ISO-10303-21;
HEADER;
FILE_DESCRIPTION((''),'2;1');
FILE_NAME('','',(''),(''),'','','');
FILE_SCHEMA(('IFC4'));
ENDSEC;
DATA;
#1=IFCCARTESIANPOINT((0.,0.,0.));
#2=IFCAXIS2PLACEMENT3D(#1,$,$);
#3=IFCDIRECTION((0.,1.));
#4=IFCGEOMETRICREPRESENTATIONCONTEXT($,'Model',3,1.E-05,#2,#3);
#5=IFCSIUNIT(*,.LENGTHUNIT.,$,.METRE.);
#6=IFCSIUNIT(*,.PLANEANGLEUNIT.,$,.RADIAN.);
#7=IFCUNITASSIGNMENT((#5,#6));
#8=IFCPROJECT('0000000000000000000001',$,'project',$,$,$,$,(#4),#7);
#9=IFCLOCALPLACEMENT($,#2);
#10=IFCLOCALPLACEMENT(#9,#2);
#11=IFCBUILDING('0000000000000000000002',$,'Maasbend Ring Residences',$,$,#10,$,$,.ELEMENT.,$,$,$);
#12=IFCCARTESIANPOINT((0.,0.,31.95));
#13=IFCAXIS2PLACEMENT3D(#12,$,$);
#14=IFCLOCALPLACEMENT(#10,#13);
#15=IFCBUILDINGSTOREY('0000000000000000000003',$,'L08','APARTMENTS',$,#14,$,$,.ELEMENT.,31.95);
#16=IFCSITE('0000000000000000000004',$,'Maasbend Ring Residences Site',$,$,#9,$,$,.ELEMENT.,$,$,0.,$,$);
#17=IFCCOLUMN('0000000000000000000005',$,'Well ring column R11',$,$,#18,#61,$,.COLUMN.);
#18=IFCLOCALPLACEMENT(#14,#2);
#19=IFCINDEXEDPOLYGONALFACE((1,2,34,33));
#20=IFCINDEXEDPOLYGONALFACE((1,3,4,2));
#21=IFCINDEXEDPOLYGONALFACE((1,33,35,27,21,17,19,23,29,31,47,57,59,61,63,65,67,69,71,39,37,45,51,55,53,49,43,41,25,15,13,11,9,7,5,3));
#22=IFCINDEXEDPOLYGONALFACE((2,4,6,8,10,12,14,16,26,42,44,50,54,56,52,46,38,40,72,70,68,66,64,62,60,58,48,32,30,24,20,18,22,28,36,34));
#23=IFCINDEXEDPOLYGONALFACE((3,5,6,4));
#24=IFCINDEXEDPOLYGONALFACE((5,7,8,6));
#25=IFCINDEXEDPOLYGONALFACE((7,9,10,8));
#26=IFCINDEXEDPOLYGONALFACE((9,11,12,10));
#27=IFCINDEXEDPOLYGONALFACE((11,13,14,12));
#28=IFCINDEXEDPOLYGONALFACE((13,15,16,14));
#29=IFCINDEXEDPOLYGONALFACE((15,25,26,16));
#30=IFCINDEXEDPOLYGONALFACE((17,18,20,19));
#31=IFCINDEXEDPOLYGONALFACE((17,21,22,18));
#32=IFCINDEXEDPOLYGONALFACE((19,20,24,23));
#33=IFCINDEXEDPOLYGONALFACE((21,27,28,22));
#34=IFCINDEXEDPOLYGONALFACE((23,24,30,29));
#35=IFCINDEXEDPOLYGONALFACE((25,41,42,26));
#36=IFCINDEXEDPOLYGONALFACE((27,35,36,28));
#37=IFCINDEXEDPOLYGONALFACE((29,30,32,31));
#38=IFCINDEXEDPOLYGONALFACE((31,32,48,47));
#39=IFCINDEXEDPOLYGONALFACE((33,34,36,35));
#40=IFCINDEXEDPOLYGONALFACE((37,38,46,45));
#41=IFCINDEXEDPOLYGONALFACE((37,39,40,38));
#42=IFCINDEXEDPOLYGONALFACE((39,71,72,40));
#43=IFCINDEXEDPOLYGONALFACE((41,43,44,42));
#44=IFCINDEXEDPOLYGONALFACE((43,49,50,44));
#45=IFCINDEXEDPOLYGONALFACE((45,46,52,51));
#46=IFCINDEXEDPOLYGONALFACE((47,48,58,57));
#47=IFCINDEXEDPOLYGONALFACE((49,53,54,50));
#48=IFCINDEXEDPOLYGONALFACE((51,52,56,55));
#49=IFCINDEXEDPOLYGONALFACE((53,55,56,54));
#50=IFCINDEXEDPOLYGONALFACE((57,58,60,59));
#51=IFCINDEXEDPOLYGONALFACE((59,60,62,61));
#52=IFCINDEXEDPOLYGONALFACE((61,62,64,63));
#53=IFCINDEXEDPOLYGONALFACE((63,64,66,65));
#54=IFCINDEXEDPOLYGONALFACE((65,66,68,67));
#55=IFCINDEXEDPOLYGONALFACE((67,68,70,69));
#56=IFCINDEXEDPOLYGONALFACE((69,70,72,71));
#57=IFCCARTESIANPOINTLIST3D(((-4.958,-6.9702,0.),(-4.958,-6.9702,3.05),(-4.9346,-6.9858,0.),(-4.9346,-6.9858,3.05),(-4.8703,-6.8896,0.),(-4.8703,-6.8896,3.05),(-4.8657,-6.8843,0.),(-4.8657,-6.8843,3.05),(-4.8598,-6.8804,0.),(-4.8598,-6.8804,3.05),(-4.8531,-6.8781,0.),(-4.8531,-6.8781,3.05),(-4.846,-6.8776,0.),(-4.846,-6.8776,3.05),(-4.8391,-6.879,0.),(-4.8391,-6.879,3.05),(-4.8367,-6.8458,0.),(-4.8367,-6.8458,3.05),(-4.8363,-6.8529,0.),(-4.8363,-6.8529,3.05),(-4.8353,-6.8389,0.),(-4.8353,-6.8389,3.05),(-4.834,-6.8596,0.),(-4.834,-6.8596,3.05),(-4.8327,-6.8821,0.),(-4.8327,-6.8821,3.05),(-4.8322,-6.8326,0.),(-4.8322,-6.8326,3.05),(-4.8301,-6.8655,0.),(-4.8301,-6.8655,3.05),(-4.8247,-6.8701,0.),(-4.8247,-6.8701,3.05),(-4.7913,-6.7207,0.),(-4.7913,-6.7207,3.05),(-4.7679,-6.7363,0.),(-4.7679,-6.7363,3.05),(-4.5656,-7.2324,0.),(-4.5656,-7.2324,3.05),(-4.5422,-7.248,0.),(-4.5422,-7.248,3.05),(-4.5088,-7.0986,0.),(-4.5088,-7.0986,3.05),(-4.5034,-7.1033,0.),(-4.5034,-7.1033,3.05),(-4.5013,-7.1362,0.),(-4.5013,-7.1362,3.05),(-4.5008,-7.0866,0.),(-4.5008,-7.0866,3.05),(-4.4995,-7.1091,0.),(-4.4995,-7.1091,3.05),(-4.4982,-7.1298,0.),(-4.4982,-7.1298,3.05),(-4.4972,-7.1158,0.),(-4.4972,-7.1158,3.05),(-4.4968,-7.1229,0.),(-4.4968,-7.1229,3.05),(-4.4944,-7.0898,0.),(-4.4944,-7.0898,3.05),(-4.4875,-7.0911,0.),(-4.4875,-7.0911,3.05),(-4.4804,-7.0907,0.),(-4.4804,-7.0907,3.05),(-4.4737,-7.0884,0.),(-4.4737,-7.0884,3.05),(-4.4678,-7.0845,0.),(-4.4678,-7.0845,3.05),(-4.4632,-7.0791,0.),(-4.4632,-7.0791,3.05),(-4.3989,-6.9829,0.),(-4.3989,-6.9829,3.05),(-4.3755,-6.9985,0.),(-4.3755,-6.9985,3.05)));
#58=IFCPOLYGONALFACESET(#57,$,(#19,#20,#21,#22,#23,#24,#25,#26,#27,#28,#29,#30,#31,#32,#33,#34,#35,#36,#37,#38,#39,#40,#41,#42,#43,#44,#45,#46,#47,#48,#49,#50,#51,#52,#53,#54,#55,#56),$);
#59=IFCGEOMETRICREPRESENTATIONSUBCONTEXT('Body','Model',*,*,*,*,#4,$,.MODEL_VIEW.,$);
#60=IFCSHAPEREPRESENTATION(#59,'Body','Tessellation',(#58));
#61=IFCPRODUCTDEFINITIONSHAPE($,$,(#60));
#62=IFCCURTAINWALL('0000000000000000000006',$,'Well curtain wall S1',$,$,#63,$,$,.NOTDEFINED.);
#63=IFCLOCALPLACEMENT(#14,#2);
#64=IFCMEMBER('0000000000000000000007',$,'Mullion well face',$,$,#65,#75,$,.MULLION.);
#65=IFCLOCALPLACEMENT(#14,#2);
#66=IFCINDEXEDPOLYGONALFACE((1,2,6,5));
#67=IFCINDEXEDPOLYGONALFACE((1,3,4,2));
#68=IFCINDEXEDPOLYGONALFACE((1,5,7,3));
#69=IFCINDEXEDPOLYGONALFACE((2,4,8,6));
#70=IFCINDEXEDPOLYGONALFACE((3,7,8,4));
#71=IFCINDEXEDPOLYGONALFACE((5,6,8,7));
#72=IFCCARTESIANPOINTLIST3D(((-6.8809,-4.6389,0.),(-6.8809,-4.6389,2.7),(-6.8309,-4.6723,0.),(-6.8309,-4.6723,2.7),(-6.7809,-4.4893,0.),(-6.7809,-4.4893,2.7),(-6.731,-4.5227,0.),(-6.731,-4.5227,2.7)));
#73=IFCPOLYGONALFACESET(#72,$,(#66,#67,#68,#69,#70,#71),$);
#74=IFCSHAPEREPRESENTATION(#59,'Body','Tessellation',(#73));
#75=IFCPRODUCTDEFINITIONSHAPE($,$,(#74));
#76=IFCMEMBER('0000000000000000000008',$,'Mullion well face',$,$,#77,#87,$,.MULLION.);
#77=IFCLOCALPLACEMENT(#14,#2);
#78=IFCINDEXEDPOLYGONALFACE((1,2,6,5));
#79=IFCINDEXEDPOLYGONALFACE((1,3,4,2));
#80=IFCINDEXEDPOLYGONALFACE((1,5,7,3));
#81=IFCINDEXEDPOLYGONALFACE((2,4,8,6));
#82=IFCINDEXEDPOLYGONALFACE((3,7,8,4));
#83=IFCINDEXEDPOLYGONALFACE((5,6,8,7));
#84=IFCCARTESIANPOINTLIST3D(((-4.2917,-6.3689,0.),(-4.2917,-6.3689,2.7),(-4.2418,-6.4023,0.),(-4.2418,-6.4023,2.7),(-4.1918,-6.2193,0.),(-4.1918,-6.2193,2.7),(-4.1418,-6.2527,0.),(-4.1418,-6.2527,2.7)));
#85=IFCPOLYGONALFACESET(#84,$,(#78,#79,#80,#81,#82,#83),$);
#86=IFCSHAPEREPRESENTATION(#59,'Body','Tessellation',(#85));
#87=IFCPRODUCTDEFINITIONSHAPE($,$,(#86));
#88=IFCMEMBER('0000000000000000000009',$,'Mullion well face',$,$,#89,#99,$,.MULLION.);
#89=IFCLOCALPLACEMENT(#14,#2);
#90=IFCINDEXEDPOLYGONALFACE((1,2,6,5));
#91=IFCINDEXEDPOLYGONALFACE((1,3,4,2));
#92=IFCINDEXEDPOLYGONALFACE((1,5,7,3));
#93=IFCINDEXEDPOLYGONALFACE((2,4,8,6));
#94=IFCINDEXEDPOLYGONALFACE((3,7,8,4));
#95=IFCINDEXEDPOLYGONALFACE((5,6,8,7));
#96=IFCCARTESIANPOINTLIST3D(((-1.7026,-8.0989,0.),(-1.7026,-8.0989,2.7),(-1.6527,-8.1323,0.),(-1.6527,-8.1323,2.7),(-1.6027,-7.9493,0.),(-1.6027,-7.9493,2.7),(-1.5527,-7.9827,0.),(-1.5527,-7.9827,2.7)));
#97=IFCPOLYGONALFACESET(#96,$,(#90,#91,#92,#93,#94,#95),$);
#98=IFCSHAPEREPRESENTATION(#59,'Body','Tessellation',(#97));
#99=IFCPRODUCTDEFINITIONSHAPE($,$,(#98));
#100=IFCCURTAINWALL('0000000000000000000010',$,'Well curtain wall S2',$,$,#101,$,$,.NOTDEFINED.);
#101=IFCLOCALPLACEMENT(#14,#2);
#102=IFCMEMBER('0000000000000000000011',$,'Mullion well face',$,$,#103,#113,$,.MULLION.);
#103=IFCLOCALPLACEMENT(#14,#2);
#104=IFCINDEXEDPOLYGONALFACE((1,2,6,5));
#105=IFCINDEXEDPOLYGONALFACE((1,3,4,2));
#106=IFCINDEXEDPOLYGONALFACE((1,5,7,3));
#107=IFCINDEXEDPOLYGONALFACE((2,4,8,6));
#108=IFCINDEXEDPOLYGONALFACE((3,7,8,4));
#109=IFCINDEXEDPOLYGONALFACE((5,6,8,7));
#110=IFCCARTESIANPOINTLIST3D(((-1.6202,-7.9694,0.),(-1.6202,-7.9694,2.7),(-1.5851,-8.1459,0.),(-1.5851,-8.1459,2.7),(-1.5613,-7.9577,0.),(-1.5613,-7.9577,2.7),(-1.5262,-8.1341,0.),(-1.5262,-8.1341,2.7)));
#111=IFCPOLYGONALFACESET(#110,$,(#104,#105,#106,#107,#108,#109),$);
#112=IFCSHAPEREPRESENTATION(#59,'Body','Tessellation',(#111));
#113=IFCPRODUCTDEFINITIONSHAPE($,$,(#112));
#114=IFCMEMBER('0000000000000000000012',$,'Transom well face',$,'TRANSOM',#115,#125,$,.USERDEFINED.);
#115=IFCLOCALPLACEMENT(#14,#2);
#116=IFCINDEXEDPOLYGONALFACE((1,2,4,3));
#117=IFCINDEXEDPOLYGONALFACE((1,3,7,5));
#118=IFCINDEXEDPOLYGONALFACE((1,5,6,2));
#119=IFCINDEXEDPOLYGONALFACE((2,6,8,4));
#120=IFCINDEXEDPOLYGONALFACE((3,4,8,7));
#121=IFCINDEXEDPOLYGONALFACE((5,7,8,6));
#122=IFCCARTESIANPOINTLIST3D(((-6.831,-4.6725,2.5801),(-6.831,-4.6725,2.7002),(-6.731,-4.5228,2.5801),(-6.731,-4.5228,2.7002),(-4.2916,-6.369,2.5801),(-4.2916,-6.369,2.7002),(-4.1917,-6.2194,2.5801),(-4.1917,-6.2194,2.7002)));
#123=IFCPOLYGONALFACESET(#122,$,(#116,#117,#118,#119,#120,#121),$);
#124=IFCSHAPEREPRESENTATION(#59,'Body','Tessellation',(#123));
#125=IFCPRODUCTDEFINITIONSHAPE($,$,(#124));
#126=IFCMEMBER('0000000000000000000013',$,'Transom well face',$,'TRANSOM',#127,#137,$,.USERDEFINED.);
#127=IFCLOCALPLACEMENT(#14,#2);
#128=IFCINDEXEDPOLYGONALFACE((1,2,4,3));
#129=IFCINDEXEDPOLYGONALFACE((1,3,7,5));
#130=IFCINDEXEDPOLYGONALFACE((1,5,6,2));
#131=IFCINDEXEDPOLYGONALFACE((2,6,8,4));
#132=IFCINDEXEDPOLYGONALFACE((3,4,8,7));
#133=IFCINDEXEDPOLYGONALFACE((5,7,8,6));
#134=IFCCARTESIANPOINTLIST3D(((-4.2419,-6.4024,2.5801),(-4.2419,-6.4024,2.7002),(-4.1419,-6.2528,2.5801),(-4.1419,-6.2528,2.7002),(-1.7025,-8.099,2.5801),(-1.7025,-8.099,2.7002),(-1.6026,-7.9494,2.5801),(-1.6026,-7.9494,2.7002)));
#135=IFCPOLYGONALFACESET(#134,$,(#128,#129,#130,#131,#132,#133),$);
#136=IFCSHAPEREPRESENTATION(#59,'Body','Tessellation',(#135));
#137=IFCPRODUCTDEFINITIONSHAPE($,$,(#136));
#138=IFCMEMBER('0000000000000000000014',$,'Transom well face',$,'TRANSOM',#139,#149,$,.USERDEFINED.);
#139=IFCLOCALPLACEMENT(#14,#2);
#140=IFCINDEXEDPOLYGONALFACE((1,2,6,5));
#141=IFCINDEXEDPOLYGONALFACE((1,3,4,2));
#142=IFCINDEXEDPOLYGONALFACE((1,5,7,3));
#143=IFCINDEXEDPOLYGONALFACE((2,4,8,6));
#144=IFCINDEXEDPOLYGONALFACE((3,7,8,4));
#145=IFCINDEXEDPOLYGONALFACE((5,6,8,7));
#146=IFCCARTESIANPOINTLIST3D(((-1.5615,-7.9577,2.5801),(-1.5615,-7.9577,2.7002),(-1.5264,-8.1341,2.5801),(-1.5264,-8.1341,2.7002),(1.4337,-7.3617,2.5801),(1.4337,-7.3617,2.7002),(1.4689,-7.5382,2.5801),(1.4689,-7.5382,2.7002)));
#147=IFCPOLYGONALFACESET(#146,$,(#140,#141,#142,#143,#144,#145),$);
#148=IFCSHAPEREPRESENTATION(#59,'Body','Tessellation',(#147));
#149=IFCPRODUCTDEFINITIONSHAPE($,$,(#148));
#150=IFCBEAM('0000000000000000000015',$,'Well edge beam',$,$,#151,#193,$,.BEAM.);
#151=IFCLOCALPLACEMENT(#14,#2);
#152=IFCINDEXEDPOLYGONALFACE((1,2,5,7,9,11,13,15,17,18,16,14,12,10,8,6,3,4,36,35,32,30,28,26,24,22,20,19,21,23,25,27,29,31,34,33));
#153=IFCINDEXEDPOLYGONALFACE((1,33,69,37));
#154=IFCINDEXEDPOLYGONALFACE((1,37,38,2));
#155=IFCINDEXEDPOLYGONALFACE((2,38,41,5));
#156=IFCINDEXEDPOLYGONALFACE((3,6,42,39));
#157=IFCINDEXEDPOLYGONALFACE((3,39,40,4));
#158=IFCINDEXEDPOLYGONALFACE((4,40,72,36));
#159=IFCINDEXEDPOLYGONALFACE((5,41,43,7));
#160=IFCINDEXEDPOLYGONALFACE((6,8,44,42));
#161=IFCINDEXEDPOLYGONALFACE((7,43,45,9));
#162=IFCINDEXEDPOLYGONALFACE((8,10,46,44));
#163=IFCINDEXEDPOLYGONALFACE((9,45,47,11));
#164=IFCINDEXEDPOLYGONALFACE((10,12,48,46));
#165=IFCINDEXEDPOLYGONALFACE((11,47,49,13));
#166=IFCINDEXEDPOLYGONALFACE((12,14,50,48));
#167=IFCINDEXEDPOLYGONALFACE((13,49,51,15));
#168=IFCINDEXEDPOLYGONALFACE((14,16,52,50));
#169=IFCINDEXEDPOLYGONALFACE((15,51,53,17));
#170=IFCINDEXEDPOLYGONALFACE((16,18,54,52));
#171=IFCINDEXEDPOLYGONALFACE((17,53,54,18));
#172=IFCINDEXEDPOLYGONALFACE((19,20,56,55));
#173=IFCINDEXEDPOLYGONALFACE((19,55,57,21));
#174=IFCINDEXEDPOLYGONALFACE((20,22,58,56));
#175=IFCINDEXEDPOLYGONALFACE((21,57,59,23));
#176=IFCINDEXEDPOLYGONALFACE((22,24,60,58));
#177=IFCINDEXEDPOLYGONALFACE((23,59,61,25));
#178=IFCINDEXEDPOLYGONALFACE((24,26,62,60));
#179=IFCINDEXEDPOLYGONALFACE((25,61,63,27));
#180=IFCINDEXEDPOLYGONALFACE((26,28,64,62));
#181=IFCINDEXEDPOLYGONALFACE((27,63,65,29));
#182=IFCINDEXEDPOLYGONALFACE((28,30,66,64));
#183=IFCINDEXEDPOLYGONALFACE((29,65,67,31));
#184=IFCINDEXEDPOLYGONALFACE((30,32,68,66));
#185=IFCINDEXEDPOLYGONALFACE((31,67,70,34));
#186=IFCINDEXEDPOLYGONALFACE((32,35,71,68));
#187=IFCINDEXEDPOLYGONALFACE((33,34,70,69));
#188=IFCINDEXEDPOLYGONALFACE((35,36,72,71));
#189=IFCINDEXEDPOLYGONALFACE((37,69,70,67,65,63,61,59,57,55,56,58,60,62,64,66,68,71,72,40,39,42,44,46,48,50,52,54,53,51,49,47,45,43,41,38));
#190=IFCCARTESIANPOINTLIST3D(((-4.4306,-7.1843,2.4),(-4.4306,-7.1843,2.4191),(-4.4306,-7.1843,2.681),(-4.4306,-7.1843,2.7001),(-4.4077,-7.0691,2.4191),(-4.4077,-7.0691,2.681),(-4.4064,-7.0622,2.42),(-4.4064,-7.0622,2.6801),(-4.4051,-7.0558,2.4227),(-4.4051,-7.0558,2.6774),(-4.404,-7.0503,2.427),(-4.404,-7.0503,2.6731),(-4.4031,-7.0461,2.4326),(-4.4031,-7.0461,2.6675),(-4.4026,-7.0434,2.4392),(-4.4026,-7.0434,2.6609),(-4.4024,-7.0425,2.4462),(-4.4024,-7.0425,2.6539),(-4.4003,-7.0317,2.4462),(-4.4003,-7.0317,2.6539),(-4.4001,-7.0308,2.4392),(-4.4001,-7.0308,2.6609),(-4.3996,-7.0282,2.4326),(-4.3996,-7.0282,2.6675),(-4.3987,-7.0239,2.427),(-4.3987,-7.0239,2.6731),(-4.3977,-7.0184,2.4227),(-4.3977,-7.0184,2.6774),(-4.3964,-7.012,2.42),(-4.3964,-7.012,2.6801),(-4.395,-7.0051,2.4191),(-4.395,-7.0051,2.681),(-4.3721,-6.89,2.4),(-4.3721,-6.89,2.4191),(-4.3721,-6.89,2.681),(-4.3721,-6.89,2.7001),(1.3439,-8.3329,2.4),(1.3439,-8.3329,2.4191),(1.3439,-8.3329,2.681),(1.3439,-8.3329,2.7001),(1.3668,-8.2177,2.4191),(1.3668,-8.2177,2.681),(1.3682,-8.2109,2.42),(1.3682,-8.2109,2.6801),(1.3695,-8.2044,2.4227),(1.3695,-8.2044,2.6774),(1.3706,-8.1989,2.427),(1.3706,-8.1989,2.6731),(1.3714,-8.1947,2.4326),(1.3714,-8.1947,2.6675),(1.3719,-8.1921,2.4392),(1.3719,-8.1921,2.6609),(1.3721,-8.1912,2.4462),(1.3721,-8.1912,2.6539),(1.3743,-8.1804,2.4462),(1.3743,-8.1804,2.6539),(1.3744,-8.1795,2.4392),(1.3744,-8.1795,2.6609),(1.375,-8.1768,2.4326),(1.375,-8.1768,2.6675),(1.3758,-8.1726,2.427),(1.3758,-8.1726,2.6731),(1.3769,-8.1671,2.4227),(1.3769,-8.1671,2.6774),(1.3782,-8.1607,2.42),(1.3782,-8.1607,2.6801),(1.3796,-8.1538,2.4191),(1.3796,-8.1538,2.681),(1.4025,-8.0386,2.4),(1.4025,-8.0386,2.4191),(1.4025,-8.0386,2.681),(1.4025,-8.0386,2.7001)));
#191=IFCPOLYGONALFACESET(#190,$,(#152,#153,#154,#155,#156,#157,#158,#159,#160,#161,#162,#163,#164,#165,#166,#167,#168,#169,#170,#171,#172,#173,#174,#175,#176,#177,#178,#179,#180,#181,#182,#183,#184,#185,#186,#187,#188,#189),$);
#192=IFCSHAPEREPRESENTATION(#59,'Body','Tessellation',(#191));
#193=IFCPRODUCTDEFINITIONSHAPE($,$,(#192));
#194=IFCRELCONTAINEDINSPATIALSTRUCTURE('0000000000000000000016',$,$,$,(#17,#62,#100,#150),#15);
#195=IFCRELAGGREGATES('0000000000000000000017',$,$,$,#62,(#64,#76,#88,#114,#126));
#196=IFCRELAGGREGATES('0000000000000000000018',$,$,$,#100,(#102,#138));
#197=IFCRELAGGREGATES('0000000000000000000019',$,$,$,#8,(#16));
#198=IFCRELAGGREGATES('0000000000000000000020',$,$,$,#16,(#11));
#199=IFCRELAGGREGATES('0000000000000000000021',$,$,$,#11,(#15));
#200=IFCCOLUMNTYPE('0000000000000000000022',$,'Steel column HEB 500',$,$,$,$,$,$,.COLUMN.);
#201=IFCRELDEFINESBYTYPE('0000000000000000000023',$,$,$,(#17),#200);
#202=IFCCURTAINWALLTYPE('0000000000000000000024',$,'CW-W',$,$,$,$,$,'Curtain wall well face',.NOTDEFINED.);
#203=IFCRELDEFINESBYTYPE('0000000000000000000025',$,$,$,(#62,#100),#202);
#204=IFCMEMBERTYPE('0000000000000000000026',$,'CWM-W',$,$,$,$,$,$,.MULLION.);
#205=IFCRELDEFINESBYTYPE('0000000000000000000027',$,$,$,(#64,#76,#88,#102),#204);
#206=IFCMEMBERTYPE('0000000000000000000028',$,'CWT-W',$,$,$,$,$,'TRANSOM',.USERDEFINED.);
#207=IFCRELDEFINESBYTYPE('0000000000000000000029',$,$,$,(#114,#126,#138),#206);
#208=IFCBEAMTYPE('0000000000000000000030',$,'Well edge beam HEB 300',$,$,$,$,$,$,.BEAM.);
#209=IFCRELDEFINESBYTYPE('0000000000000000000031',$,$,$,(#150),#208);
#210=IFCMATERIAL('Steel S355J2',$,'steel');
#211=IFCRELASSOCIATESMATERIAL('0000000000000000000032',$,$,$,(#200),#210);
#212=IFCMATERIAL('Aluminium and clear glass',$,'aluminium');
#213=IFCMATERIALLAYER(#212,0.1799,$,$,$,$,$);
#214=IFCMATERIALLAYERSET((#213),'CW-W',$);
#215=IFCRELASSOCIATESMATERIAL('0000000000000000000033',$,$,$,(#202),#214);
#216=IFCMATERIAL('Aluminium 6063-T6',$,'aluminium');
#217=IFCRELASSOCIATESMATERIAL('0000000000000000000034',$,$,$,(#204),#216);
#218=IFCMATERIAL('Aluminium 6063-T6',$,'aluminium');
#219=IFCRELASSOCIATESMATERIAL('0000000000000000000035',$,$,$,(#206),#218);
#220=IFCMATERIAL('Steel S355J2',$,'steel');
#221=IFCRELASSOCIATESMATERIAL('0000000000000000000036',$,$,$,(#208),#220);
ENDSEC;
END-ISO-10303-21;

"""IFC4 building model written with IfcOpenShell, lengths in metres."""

from ifc_helpers import new_model, si_unit, direction, frame, origin, origin_2d, place, context, subcontext, project, spatial, rectangle, i_section, extrude, material, layer, layer_set, material_profile, profile_set, type_object, element, aggregate, save


model = new_model("IFC4")

# Units and contexts
model_context = context("Model", 3, precision=1e-05, world=origin(), true_north=direction((0.0, 1.0)))
body_context = subcontext(model_context, "Body", "Model", "MODEL_VIEW")
ifc_project = project(units=[si_unit("LENGTHUNIT", "METRE"), si_unit("PLANEANGLEUNIT", "RADIAN")], contexts=[model_context])

# Site, building, storey
site_placement = place(None, origin())
site = spatial("IfcSite", under=ifc_project, at=site_placement, Name="Maasbend Ring Residences Site", CompositionType="ELEMENT", RefElevation=0.0)
building_placement = place(site_placement, origin())
building = spatial("IfcBuilding", under=site, at=building_placement, Name="Maasbend Ring Residences", CompositionType="ELEMENT")
storey_placement = place(building_placement, frame((0.0, 0.0, 31.95)))
storey = spatial("IfcBuildingStorey", under=building, at=storey_placement, Name="L08", Description="APARTMENTS", CompositionType="ELEMENT", Elevation=31.95)

# Column
ifc_material_1 = material(Name="Steel S355J2", Category="steel")
ifc_material_profile_1 = material_profile(ifc_material_1, i_section(OverallWidth=0.3, OverallDepth=0.5, WebThickness=0.0144, FlangeThickness=0.0281, FilletRadius=0.0271, at=origin_2d()), Name="HEB 500")
ifc_profile_set_1 = profile_set([ifc_material_profile_1], Name="Steel S355J2")
column_type = type_object("IfcColumnType", Name="Steel column HEB 500", PredefinedType="COLUMN", material=ifc_profile_set_1)
column_placement = place(storey_placement, frame((-4.6667, -6.9844, 0.0), z_axis=(0.0, 0.0, 1.0), x_axis=(-0.55557, -0.83147, 0.0)))
element("IfcColumn", 1, at=column_placement, inside=storey, type_object=column_type, Name="Well ring column R11", PredefinedType="COLUMN", context=body_context, shape_type="SweptSolid", body=[
    extrude(i_section(OverallWidth=0.3, OverallDepth=0.5, WebThickness=0.0144, FlangeThickness=0.0281, FilletRadius=0.0271, at=origin_2d()), origin(), (0.0, 0.0, 1.0), 3.05),
])

# Curtain wall, members
ifc_material_2 = material(Name="Aluminium and clear glass", Category="aluminium")
ifc_layer_1 = layer(ifc_material_2, 0.1799)
ifc_layer_set_1 = layer_set([ifc_layer_1], Name="CW-W")
curtain_wall_type = type_object("IfcCurtainWallType", Name="CW-W", ElementType="Curtain wall well face", PredefinedType="NOTDEFINED", material=ifc_layer_set_1)
curtain_wall_1_placement = place(storey_placement, origin())
curtain_wall_1 = element("IfcCurtainWall", 2, at=curtain_wall_1_placement, inside=storey, type_object=curtain_wall_type, Name="Well curtain wall S1", PredefinedType="NOTDEFINED")
ifc_material_3 = material(Name="Aluminium 6063-T6", Category="aluminium")
ifc_material_profile_2 = material_profile(ifc_material_3, rectangle(XDim=0.1799, YDim=0.0601, at=origin_2d()), Name="AL 180x60")
ifc_profile_set_2 = profile_set([ifc_material_profile_2], Name="Aluminium 6063-T6")
member_type_1 = type_object("IfcMemberType", Name="CWM-W", PredefinedType="MULLION", material=ifc_profile_set_2)
member_1_placement = place(storey_placement, frame((-6.8059, -4.5808, 0.0), z_axis=(0.0, 0.0, 1.0), x_axis=(0.55557, 0.83147, 0.0)))
member_1 = element("IfcMember", 3, at=member_1_placement, type_object=member_type_1, Name="Mullion well face", PredefinedType="MULLION", context=body_context, shape_type="SweptSolid", body=[
    extrude(rectangle(XDim=0.1799, YDim=0.0601, at=origin_2d()), origin(), (0.0, 0.0, 1.0), 2.7),
])
member_2_placement = place(storey_placement, frame((-4.2168, -6.3108, 0.0), z_axis=(0.0, 0.0, 1.0), x_axis=(0.55557, 0.83147, 0.0)))
member_2 = element("IfcMember", 4, at=member_2_placement, type_object=member_type_1, Name="Mullion well face", PredefinedType="MULLION", context=body_context, shape_type="SweptSolid", body=[
    extrude(rectangle(XDim=0.1799, YDim=0.0601, at=origin_2d()), origin(), (0.0, 0.0, 1.0), 2.7),
])
member_3_placement = place(storey_placement, frame((-1.6277, -8.0408, 0.0), z_axis=(0.0, 0.0, 1.0), x_axis=(0.55557, 0.83147, 0.0)))
member_3 = element("IfcMember", 5, at=member_3_placement, type_object=member_type_1, Name="Mullion well face", PredefinedType="MULLION", context=body_context, shape_type="SweptSolid", body=[
    extrude(rectangle(XDim=0.1799, YDim=0.0601, at=origin_2d()), origin(), (0.0, 0.0, 1.0), 2.7),
])

# Curtain wall, member
curtain_wall_2_placement = place(storey_placement, origin())
curtain_wall_2 = element("IfcCurtainWall", 6, at=curtain_wall_2_placement, inside=storey, type_object=curtain_wall_type, Name="Well curtain wall S2", PredefinedType="NOTDEFINED")
member_4_placement = place(storey_placement, frame((-1.5732, -8.0518, 0.0), z_axis=(0.0, 0.0, 1.0), x_axis=(-0.19509, 0.980785, 0.0)))
member_4 = element("IfcMember", 7, at=member_4_placement, type_object=member_type_1, Name="Mullion well face", PredefinedType="MULLION", context=body_context, shape_type="SweptSolid", body=[
    extrude(rectangle(XDim=0.1799, YDim=0.0601, at=origin_2d()), origin(), (0.0, 0.0, 1.0), 2.7),
])

# Members
ifc_material_4 = material(Name="Aluminium 6063-T6", Category="aluminium")
ifc_material_profile_3 = material_profile(ifc_material_4, rectangle(XDim=0.1799, YDim=0.1201, at=origin_2d()), Name="AL 180x120")
ifc_profile_set_3 = profile_set([ifc_material_profile_3], Name="Aluminium 6063-T6")
member_type_2 = type_object("IfcMemberType", Name="CWT-W", ElementType="TRANSOM", PredefinedType="USERDEFINED", material=ifc_profile_set_3)
member_5_placement = place(storey_placement, frame((-6.781, -4.5977, 2.6401), z_axis=(0.831496, -0.55553, 0.0), x_axis=(0.55553, 0.831496, 0.0)))
member_5 = element("IfcMember", 8, at=member_5_placement, type_object=member_type_2, Name="Transom well face", ObjectType="TRANSOM", PredefinedType="USERDEFINED", context=body_context, shape_type="SweptSolid", body=[
    extrude(rectangle(XDim=0.1799, YDim=0.1201, at=origin_2d()), origin(), (0.0, 0.0, 1.0), 3.054),
])
member_6_placement = place(storey_placement, frame((-4.1919, -6.3276, 2.6401), z_axis=(0.831496, -0.55553, 0.0), x_axis=(0.55553, 0.831496, 0.0)))
member_6 = element("IfcMember", 9, at=member_6_placement, type_object=member_type_2, Name="Transom well face", ObjectType="TRANSOM", PredefinedType="USERDEFINED", context=body_context, shape_type="SweptSolid", body=[
    extrude(rectangle(XDim=0.1799, YDim=0.1201, at=origin_2d()), origin(), (0.0, 0.0, 1.0), 3.054),
])
member_7_placement = place(storey_placement, frame((-1.5439, -8.0459, 2.6401), z_axis=(0.980777, 0.195132, 0.0), x_axis=(-0.195132, 0.980777, 0.0)))
member_7 = element("IfcMember", 10, at=member_7_placement, type_object=member_type_2, Name="Transom well face", ObjectType="TRANSOM", PredefinedType="USERDEFINED", context=body_context, shape_type="SweptSolid", body=[
    extrude(rectangle(XDim=0.1799, YDim=0.1201, at=origin_2d()), origin(), (0.0, 0.0, 1.0), 3.054),
])

# Beam
ifc_material_5 = material(Name="Steel S355J2", Category="steel")
ifc_material_profile_4 = material_profile(ifc_material_5, i_section(OverallWidth=0.3, OverallDepth=0.3, WebThickness=0.011, FlangeThickness=0.019, FilletRadius=0.0271, at=origin_2d()), Name="HEB 300")
ifc_profile_set_4 = profile_set([ifc_material_profile_4], Name="Steel S355J2")
beam_type = type_object("IfcBeamType", Name="Well edge beam HEB 300", PredefinedType="BEAM", material=ifc_profile_set_4)
beam_placement = place(storey_placement, frame((-4.4014, -7.0371, 2.55), z_axis=(0.980784, -0.195095, 0.0), x_axis=(0.195095, 0.980784, 0.0)))
element("IfcBeam", 11, at=beam_placement, inside=storey, type_object=beam_type, Name="Well edge beam", PredefinedType="BEAM", context=body_context, shape_type="SweptSolid", body=[
    extrude(i_section(OverallWidth=0.3, OverallDepth=0.3, WebThickness=0.011, FlangeThickness=0.019, FilletRadius=0.0271, at=origin_2d()), origin(), (0.0, 0.0, 1.0), 5.8877),
])

aggregate(curtain_wall_1, [member_1, member_2, member_3, member_5, member_6])
aggregate(curtain_wall_2, [member_4, member_7])

save(model, "model.ifc")
